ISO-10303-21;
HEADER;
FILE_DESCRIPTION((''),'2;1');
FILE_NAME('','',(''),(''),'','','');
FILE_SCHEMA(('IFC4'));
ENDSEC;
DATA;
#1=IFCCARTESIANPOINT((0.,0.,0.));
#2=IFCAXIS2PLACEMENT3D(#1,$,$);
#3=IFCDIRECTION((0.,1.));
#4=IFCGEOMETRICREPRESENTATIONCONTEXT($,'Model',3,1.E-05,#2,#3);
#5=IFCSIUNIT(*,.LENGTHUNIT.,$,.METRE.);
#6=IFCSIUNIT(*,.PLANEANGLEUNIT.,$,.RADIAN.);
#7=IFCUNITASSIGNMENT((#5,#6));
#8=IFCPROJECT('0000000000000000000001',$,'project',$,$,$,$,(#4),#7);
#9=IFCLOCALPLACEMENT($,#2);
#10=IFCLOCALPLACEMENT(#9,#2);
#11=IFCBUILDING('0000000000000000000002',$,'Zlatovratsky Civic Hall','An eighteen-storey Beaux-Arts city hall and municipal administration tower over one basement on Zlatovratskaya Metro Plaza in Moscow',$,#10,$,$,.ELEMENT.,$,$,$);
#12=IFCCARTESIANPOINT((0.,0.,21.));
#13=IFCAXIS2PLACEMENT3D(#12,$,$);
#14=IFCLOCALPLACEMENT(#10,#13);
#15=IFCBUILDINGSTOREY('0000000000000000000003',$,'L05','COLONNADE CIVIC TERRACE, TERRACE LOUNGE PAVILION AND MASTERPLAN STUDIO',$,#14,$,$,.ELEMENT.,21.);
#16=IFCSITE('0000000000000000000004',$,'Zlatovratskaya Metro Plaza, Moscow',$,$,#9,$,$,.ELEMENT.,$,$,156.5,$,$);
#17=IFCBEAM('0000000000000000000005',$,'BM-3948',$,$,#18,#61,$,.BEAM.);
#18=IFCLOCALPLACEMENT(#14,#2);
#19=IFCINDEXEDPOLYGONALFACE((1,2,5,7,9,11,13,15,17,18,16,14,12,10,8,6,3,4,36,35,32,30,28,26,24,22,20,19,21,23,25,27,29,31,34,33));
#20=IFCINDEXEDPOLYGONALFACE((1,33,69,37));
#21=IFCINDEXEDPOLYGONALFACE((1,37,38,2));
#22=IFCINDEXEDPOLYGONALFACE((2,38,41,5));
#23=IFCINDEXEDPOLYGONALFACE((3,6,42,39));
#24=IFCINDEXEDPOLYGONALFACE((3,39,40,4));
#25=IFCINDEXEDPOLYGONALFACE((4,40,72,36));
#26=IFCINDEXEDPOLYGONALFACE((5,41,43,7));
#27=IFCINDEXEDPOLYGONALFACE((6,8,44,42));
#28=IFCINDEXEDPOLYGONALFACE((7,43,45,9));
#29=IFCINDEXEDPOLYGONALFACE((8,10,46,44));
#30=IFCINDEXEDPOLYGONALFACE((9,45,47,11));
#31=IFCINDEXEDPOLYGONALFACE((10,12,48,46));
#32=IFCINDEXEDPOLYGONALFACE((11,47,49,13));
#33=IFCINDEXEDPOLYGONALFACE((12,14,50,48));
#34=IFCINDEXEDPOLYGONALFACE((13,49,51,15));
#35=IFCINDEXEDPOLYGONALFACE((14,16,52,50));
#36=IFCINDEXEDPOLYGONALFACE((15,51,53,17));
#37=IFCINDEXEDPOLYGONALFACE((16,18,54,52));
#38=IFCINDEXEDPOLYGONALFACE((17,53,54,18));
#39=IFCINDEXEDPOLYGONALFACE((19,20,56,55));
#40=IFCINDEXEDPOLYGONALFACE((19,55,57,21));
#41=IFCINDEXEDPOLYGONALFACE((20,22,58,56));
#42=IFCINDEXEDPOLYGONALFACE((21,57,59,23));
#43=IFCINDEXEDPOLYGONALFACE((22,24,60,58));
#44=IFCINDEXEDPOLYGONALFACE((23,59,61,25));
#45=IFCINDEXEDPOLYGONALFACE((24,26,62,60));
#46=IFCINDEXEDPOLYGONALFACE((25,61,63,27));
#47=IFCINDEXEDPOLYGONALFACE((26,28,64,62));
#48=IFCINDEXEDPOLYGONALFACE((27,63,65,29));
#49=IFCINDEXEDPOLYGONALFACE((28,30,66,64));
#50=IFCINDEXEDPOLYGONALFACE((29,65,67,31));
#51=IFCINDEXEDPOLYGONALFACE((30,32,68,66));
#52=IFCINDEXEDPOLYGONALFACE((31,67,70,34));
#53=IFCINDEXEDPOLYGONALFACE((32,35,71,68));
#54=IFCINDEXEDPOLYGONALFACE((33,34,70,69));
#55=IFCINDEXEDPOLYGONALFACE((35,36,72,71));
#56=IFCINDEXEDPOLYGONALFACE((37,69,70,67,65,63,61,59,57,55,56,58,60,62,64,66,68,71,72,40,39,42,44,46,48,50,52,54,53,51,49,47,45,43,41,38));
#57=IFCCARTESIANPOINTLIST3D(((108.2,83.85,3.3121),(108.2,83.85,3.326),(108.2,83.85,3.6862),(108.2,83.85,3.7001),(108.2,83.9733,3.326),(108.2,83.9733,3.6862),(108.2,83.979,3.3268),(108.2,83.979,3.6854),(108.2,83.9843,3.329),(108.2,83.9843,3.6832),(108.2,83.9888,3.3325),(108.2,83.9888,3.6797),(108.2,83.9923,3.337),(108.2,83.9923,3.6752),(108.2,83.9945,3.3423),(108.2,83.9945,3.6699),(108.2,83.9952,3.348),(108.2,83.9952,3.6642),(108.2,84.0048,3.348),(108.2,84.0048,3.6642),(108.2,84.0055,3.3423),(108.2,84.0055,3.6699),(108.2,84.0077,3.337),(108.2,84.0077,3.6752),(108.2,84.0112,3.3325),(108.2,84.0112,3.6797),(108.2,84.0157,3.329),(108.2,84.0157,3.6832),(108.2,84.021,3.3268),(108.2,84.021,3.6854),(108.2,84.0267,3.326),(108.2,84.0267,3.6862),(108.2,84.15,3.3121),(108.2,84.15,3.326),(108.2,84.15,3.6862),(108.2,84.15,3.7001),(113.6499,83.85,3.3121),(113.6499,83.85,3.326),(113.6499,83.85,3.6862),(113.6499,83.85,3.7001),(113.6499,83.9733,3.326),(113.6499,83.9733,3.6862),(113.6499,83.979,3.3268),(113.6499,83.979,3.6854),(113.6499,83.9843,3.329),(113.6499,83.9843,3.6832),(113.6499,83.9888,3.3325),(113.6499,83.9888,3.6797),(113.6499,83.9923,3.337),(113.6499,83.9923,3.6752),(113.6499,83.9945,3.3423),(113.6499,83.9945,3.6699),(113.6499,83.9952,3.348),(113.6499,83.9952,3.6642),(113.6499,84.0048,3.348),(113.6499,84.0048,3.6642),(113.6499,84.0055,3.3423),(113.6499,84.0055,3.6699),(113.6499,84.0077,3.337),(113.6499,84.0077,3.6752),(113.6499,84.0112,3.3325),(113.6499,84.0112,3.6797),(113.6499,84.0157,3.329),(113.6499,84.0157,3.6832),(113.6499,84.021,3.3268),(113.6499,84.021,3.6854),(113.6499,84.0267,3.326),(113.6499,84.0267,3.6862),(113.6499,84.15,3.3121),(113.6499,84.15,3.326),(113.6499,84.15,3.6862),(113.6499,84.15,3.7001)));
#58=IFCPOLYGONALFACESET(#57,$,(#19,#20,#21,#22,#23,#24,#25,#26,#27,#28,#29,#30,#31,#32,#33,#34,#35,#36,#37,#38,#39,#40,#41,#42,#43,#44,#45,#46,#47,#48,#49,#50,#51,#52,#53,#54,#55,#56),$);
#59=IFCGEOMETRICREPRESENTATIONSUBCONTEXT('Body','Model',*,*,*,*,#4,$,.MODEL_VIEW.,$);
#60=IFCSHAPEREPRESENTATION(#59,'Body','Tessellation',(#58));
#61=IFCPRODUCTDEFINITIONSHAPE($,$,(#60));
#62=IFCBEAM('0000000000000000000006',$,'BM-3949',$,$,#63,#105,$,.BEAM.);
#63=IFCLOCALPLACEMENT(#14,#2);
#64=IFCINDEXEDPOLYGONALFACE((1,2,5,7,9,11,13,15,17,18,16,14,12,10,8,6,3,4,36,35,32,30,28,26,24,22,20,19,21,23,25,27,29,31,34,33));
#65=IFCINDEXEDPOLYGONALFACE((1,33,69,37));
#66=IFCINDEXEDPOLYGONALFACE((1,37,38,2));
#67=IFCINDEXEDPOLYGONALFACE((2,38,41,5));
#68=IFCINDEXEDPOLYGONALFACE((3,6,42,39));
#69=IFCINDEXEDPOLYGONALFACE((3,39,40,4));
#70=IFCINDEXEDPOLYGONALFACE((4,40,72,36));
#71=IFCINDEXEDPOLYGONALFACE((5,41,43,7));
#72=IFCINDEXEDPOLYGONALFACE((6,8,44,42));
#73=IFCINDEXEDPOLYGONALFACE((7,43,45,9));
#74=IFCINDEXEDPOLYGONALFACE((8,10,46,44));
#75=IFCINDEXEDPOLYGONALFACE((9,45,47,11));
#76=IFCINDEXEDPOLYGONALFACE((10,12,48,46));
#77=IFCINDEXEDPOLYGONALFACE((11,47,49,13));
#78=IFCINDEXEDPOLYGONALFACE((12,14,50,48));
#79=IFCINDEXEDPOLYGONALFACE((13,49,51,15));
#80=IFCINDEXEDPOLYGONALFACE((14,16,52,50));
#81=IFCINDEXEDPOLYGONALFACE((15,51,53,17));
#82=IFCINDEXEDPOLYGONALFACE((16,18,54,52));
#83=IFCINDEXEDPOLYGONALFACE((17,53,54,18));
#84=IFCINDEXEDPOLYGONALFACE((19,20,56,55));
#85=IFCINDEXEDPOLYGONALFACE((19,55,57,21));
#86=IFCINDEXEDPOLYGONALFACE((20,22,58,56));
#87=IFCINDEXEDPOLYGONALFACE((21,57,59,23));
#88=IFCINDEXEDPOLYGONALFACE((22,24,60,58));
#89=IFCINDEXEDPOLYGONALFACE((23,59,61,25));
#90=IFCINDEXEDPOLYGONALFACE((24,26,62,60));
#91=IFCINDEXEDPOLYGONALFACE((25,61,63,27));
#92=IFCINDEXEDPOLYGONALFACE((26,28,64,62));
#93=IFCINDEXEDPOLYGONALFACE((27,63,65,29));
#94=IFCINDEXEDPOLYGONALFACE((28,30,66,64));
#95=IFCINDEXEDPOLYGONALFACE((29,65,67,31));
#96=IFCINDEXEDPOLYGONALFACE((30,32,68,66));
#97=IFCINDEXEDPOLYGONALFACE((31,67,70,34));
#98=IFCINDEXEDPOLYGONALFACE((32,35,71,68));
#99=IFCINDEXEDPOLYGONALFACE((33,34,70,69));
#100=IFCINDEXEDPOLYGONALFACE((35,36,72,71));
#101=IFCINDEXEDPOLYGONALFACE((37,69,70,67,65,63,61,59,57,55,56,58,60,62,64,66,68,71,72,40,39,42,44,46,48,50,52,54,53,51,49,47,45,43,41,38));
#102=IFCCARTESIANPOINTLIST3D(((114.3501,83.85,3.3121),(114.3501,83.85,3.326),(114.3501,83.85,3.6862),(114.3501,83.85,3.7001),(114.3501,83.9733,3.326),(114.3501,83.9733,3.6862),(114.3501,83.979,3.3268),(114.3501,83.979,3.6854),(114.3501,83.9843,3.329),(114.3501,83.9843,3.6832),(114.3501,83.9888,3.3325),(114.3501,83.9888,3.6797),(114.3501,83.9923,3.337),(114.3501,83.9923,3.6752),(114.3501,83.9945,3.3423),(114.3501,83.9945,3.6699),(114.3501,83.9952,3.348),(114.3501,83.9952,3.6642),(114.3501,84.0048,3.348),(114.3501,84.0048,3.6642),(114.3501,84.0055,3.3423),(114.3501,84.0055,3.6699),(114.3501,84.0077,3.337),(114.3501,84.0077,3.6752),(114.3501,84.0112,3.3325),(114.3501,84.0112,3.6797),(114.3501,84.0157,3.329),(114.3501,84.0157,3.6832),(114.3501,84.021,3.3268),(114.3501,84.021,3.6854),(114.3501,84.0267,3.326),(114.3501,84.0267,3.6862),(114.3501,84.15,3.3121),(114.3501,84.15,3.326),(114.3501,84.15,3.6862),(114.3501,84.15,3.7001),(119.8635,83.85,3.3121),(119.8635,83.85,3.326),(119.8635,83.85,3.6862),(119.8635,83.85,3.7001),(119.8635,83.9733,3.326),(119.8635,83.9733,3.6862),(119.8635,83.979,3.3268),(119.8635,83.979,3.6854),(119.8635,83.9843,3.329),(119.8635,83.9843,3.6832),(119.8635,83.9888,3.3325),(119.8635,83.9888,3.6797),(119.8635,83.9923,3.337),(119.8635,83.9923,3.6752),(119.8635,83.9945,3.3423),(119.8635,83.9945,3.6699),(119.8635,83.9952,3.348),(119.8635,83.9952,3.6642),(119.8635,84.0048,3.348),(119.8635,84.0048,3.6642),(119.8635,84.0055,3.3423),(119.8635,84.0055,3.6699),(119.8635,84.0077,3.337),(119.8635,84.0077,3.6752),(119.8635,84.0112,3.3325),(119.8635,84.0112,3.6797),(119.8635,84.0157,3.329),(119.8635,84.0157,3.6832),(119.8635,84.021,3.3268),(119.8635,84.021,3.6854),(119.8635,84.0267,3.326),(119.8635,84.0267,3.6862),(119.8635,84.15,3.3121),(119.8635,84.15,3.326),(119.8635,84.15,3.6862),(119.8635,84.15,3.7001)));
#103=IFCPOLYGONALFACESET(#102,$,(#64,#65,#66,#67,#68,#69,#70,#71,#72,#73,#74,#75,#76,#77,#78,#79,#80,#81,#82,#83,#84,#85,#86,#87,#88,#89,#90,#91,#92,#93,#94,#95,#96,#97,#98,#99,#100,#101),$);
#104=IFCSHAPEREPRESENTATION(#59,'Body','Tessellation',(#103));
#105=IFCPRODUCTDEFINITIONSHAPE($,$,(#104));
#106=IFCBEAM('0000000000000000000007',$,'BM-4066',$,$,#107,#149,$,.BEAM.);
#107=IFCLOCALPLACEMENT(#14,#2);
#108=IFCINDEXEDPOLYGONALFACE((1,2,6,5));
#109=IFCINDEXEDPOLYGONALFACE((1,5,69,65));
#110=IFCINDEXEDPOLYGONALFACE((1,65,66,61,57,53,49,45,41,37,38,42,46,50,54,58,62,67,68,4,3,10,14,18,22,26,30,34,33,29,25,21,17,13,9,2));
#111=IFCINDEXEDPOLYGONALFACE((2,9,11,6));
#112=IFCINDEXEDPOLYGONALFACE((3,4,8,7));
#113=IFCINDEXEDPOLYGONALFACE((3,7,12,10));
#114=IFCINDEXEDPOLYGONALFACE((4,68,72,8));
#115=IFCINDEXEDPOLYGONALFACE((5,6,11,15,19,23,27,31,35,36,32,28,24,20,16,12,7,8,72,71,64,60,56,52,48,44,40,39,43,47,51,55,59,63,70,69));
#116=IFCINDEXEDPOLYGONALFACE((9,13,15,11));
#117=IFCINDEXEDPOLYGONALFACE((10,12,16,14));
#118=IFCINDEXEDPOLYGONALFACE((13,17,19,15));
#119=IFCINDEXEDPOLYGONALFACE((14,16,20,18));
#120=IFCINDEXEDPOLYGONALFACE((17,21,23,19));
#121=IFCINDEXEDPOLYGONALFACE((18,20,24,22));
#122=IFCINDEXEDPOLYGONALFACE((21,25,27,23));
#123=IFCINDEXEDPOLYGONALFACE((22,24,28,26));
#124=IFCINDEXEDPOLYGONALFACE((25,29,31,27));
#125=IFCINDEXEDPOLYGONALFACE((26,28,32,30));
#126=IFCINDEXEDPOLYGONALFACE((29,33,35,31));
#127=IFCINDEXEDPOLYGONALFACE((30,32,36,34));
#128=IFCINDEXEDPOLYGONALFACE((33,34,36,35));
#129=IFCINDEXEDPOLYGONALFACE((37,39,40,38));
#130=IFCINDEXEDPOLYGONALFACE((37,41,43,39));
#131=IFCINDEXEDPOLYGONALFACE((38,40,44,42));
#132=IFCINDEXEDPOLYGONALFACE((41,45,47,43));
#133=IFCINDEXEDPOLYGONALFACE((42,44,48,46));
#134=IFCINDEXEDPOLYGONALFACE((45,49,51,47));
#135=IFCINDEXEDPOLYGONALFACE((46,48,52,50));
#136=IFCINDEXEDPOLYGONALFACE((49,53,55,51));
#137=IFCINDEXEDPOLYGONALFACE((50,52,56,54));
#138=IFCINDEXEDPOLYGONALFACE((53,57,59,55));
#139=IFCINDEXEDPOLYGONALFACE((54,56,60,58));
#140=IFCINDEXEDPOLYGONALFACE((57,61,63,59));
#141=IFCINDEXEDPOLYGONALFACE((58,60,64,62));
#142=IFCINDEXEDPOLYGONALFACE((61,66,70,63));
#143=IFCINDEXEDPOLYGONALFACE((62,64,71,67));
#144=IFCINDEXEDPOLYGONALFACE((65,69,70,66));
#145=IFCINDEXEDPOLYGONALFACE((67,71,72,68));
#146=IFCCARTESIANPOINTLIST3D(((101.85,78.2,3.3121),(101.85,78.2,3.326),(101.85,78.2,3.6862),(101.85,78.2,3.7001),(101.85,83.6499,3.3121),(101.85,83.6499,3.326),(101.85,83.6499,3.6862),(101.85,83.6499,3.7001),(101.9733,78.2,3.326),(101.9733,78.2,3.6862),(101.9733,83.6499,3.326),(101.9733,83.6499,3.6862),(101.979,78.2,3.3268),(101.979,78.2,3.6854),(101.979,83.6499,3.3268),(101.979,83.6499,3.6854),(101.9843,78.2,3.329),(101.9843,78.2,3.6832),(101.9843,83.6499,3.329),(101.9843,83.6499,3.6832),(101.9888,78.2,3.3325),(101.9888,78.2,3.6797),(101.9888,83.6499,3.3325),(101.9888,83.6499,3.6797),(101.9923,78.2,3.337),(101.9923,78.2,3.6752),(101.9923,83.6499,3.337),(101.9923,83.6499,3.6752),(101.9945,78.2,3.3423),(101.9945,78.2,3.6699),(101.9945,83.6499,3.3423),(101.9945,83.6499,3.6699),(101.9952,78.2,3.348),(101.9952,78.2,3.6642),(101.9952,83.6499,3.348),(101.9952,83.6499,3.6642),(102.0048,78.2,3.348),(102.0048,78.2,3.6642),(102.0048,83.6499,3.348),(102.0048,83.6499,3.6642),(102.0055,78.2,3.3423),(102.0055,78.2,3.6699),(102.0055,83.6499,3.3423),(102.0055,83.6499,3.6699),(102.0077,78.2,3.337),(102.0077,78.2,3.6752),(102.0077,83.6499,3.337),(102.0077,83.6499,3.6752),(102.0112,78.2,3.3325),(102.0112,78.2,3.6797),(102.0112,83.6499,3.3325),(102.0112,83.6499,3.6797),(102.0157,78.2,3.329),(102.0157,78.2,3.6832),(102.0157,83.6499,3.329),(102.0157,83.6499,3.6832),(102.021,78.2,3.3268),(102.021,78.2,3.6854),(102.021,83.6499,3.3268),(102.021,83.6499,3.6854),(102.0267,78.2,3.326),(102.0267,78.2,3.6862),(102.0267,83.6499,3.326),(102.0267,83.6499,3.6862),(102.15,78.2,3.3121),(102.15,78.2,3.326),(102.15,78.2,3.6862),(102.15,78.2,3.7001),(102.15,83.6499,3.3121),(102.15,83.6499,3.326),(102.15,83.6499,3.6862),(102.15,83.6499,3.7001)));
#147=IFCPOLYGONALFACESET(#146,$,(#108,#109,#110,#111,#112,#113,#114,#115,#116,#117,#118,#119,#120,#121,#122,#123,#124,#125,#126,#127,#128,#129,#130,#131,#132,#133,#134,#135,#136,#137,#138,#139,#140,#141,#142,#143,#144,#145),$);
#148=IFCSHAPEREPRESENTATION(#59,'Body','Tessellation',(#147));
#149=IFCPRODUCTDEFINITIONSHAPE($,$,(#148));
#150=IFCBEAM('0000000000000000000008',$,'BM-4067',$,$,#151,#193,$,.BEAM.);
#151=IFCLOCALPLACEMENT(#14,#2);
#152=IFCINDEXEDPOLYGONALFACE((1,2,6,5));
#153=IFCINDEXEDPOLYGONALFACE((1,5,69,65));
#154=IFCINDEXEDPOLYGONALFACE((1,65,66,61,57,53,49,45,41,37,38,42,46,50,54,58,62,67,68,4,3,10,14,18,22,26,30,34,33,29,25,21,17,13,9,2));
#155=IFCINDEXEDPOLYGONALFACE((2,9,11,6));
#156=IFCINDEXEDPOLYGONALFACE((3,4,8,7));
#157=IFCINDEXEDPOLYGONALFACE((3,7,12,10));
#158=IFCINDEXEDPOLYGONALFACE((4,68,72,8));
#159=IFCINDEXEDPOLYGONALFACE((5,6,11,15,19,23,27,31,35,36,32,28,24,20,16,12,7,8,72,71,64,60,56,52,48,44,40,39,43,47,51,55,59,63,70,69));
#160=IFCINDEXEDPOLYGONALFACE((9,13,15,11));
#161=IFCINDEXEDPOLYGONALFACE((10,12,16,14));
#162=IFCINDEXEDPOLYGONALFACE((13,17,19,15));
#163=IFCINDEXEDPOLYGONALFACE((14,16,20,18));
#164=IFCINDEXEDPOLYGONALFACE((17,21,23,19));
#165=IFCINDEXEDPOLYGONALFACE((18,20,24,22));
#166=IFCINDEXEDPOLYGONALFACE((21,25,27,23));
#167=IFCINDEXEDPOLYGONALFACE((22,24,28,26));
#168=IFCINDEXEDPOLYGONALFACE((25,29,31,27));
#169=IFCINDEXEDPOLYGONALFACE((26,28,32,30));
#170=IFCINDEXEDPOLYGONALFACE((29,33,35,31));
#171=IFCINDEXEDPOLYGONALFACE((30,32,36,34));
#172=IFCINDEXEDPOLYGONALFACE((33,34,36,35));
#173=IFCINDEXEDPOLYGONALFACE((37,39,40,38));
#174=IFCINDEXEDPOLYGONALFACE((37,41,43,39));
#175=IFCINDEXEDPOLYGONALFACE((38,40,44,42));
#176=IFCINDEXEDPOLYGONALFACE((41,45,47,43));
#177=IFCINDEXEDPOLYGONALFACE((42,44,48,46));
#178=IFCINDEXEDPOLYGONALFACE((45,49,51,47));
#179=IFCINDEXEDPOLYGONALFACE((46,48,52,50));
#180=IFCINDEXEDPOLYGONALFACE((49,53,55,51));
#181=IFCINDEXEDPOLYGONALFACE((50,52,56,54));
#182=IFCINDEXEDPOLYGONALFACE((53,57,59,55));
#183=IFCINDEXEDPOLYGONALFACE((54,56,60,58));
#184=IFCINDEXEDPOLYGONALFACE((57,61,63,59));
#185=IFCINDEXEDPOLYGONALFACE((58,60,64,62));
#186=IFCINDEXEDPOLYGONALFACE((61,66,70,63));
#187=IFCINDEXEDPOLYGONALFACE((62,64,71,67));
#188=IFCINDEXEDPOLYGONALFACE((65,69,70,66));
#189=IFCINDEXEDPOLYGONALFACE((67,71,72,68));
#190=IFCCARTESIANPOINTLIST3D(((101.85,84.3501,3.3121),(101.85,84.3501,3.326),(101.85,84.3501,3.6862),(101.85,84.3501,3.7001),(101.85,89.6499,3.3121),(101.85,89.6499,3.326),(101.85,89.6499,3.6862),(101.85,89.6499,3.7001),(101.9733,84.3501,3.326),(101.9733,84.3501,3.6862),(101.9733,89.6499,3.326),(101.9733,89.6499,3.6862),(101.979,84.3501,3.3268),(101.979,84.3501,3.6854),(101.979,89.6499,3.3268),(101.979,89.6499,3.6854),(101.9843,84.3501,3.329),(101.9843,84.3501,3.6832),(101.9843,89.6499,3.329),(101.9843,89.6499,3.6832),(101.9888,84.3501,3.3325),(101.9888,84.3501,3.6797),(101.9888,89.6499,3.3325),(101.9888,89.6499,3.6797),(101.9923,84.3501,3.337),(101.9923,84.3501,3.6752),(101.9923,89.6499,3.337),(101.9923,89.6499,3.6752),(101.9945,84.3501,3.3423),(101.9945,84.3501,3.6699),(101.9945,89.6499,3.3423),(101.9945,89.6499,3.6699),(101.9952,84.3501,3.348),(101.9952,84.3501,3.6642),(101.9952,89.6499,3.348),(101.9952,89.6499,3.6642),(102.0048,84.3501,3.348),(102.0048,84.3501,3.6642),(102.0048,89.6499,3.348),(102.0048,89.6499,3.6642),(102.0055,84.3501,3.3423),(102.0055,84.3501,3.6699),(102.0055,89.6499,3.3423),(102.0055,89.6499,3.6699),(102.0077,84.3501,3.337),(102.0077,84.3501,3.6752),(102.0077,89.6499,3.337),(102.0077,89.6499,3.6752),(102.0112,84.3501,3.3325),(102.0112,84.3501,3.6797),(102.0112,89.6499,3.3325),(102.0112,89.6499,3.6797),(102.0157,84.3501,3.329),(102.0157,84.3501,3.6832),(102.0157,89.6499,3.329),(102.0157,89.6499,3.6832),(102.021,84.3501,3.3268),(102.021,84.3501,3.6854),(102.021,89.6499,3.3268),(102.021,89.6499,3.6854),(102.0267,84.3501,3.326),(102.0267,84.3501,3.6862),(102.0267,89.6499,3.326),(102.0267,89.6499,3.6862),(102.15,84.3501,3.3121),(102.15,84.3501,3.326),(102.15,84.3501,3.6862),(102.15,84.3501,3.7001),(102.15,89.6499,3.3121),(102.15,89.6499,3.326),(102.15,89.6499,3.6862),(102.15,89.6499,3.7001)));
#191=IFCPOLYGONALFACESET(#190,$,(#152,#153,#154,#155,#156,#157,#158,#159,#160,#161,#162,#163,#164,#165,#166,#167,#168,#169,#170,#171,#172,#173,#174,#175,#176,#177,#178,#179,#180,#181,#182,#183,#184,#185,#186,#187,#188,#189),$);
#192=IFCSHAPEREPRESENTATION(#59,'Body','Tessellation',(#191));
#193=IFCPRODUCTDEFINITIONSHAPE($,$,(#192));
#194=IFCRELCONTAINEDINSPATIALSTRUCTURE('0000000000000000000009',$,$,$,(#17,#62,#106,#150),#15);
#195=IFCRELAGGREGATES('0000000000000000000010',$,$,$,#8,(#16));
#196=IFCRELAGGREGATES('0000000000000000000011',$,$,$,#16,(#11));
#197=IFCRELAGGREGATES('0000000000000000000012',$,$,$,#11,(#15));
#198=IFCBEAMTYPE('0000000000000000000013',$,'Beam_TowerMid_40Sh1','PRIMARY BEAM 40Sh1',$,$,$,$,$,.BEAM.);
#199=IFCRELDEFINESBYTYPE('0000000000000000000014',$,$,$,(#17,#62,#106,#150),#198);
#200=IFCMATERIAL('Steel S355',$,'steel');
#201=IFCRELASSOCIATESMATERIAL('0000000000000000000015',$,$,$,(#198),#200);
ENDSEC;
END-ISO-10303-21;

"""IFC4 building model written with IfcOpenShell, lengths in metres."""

from ifc_helpers import new_model, si_unit, direction, frame, origin, origin_2d, place, context, subcontext, project, spatial, i_section, extrude, material, material_profile, profile_set, type_object, element, save


model = new_model("IFC4")

# Units and contexts
model_context = context("Model", 3, precision=1e-05, world=origin(), true_north=direction((0.0, 1.0)))
body_context = subcontext(model_context, "Body", "Model", "MODEL_VIEW")
ifc_project = project(units=[si_unit("LENGTHUNIT", "METRE"), si_unit("PLANEANGLEUNIT", "RADIAN")], contexts=[model_context])

# Site, building, storey
site_placement = place(None, origin())
site = spatial("IfcSite", under=ifc_project, at=site_placement, Name="Zlatovratskaya Metro Plaza, Moscow", CompositionType="ELEMENT", RefElevation=156.5)
building_placement = place(site_placement, origin())
building = spatial("IfcBuilding", under=site, at=building_placement, Name="Zlatovratsky Civic Hall", Description="An eighteen-storey Beaux-Arts city hall and municipal administration tower over one basement on Zlatovratskaya Metro Plaza in Moscow", CompositionType="ELEMENT")
storey_placement = place(building_placement, frame((0.0, 0.0, 21.0)))
storey = spatial("IfcBuildingStorey", under=building, at=storey_placement, Name="L05", Description="COLONNADE CIVIC TERRACE, TERRACE LOUNGE PAVILION AND MASTERPLAN STUDIO", CompositionType="ELEMENT", Elevation=21.0)

# Shared definitions
ifc_material_1 = material(Name="Steel S355", Category="steel")

# Beams
ifc_material_profile_1 = material_profile(ifc_material_1, i_section(OverallWidth=0.3, OverallDepth=0.3879, WebThickness=0.0095, FlangeThickness=0.0139, FilletRadius=0.022, at=origin_2d()), Name="40Sh1")
ifc_profile_set_1 = profile_set([ifc_material_profile_1], Name="Steel S355")
beam_type_1 = type_object("IfcBeamType", Name="Beam_TowerMid_40Sh1", Description="PRIMARY BEAM 40Sh1", PredefinedType="BEAM", material=ifc_profile_set_1)
for number, where, z_axis, x_axis, name in (
    (1, (108.2, 84.0, 3.5061), (1.0, 0.0, 0.0), (0.0, 1.0, 0.0), "BM-3948"),
):
    element("IfcBeam", number, at=place(storey_placement, frame(where, z_axis=z_axis, x_axis=x_axis)), inside=storey, type_object=beam_type_1, Name=name, PredefinedType="BEAM", context=body_context, shape_type="SweptSolid", body=[
        extrude(i_section(OverallWidth=0.3, OverallDepth=0.3879, WebThickness=0.0095, FlangeThickness=0.0139, FilletRadius=0.022, at=origin_2d()), origin(), (0.0, 0.0, 1.0), 5.45),
    ])
beam_1_placement = place(storey_placement, frame((114.3501, 84.0, 3.5061), z_axis=(1.0, 0.0, 0.0), x_axis=(0.0, 1.0, 0.0)))
element("IfcBeam", 2, at=beam_1_placement, inside=storey, type_object=beam_type_1, Name="BM-3949", PredefinedType="BEAM", context=body_context, shape_type="SweptSolid", body=[
    extrude(i_section(OverallWidth=0.3, OverallDepth=0.3879, WebThickness=0.0095, FlangeThickness=0.0139, FilletRadius=0.022, at=origin_2d()), origin(), (0.0, 0.0, 1.0), 5.5134),
])
beam_2_placement = place(storey_placement, frame((102.0, 78.2, 3.5061), z_axis=(0.0, 1.0, 0.0), x_axis=(-1.0, 0.0, 0.0)))
element("IfcBeam", 3, at=beam_2_placement, inside=storey, type_object=beam_type_1, Name="BM-4066", PredefinedType="BEAM", context=body_context, shape_type="SweptSolid", body=[
    extrude(i_section(OverallWidth=0.3, OverallDepth=0.3879, WebThickness=0.0095, FlangeThickness=0.0139, FilletRadius=0.022, at=origin_2d()), origin(), (0.0, 0.0, 1.0), 5.45),
])
beam_3_placement = place(storey_placement, frame((102.0, 84.3501, 3.5061), z_axis=(0.0, 1.0, 0.0), x_axis=(-1.0, 0.0, 0.0)))
element("IfcBeam", 4, at=beam_3_placement, inside=storey, type_object=beam_type_1, Name="BM-4067", PredefinedType="BEAM", context=body_context, shape_type="SweptSolid", body=[
    extrude(i_section(OverallWidth=0.3, OverallDepth=0.3879, WebThickness=0.0095, FlangeThickness=0.0139, FilletRadius=0.022, at=origin_2d()), origin(), (0.0, 0.0, 1.0), 5.2998),
])

save(model, "model.ifc")
